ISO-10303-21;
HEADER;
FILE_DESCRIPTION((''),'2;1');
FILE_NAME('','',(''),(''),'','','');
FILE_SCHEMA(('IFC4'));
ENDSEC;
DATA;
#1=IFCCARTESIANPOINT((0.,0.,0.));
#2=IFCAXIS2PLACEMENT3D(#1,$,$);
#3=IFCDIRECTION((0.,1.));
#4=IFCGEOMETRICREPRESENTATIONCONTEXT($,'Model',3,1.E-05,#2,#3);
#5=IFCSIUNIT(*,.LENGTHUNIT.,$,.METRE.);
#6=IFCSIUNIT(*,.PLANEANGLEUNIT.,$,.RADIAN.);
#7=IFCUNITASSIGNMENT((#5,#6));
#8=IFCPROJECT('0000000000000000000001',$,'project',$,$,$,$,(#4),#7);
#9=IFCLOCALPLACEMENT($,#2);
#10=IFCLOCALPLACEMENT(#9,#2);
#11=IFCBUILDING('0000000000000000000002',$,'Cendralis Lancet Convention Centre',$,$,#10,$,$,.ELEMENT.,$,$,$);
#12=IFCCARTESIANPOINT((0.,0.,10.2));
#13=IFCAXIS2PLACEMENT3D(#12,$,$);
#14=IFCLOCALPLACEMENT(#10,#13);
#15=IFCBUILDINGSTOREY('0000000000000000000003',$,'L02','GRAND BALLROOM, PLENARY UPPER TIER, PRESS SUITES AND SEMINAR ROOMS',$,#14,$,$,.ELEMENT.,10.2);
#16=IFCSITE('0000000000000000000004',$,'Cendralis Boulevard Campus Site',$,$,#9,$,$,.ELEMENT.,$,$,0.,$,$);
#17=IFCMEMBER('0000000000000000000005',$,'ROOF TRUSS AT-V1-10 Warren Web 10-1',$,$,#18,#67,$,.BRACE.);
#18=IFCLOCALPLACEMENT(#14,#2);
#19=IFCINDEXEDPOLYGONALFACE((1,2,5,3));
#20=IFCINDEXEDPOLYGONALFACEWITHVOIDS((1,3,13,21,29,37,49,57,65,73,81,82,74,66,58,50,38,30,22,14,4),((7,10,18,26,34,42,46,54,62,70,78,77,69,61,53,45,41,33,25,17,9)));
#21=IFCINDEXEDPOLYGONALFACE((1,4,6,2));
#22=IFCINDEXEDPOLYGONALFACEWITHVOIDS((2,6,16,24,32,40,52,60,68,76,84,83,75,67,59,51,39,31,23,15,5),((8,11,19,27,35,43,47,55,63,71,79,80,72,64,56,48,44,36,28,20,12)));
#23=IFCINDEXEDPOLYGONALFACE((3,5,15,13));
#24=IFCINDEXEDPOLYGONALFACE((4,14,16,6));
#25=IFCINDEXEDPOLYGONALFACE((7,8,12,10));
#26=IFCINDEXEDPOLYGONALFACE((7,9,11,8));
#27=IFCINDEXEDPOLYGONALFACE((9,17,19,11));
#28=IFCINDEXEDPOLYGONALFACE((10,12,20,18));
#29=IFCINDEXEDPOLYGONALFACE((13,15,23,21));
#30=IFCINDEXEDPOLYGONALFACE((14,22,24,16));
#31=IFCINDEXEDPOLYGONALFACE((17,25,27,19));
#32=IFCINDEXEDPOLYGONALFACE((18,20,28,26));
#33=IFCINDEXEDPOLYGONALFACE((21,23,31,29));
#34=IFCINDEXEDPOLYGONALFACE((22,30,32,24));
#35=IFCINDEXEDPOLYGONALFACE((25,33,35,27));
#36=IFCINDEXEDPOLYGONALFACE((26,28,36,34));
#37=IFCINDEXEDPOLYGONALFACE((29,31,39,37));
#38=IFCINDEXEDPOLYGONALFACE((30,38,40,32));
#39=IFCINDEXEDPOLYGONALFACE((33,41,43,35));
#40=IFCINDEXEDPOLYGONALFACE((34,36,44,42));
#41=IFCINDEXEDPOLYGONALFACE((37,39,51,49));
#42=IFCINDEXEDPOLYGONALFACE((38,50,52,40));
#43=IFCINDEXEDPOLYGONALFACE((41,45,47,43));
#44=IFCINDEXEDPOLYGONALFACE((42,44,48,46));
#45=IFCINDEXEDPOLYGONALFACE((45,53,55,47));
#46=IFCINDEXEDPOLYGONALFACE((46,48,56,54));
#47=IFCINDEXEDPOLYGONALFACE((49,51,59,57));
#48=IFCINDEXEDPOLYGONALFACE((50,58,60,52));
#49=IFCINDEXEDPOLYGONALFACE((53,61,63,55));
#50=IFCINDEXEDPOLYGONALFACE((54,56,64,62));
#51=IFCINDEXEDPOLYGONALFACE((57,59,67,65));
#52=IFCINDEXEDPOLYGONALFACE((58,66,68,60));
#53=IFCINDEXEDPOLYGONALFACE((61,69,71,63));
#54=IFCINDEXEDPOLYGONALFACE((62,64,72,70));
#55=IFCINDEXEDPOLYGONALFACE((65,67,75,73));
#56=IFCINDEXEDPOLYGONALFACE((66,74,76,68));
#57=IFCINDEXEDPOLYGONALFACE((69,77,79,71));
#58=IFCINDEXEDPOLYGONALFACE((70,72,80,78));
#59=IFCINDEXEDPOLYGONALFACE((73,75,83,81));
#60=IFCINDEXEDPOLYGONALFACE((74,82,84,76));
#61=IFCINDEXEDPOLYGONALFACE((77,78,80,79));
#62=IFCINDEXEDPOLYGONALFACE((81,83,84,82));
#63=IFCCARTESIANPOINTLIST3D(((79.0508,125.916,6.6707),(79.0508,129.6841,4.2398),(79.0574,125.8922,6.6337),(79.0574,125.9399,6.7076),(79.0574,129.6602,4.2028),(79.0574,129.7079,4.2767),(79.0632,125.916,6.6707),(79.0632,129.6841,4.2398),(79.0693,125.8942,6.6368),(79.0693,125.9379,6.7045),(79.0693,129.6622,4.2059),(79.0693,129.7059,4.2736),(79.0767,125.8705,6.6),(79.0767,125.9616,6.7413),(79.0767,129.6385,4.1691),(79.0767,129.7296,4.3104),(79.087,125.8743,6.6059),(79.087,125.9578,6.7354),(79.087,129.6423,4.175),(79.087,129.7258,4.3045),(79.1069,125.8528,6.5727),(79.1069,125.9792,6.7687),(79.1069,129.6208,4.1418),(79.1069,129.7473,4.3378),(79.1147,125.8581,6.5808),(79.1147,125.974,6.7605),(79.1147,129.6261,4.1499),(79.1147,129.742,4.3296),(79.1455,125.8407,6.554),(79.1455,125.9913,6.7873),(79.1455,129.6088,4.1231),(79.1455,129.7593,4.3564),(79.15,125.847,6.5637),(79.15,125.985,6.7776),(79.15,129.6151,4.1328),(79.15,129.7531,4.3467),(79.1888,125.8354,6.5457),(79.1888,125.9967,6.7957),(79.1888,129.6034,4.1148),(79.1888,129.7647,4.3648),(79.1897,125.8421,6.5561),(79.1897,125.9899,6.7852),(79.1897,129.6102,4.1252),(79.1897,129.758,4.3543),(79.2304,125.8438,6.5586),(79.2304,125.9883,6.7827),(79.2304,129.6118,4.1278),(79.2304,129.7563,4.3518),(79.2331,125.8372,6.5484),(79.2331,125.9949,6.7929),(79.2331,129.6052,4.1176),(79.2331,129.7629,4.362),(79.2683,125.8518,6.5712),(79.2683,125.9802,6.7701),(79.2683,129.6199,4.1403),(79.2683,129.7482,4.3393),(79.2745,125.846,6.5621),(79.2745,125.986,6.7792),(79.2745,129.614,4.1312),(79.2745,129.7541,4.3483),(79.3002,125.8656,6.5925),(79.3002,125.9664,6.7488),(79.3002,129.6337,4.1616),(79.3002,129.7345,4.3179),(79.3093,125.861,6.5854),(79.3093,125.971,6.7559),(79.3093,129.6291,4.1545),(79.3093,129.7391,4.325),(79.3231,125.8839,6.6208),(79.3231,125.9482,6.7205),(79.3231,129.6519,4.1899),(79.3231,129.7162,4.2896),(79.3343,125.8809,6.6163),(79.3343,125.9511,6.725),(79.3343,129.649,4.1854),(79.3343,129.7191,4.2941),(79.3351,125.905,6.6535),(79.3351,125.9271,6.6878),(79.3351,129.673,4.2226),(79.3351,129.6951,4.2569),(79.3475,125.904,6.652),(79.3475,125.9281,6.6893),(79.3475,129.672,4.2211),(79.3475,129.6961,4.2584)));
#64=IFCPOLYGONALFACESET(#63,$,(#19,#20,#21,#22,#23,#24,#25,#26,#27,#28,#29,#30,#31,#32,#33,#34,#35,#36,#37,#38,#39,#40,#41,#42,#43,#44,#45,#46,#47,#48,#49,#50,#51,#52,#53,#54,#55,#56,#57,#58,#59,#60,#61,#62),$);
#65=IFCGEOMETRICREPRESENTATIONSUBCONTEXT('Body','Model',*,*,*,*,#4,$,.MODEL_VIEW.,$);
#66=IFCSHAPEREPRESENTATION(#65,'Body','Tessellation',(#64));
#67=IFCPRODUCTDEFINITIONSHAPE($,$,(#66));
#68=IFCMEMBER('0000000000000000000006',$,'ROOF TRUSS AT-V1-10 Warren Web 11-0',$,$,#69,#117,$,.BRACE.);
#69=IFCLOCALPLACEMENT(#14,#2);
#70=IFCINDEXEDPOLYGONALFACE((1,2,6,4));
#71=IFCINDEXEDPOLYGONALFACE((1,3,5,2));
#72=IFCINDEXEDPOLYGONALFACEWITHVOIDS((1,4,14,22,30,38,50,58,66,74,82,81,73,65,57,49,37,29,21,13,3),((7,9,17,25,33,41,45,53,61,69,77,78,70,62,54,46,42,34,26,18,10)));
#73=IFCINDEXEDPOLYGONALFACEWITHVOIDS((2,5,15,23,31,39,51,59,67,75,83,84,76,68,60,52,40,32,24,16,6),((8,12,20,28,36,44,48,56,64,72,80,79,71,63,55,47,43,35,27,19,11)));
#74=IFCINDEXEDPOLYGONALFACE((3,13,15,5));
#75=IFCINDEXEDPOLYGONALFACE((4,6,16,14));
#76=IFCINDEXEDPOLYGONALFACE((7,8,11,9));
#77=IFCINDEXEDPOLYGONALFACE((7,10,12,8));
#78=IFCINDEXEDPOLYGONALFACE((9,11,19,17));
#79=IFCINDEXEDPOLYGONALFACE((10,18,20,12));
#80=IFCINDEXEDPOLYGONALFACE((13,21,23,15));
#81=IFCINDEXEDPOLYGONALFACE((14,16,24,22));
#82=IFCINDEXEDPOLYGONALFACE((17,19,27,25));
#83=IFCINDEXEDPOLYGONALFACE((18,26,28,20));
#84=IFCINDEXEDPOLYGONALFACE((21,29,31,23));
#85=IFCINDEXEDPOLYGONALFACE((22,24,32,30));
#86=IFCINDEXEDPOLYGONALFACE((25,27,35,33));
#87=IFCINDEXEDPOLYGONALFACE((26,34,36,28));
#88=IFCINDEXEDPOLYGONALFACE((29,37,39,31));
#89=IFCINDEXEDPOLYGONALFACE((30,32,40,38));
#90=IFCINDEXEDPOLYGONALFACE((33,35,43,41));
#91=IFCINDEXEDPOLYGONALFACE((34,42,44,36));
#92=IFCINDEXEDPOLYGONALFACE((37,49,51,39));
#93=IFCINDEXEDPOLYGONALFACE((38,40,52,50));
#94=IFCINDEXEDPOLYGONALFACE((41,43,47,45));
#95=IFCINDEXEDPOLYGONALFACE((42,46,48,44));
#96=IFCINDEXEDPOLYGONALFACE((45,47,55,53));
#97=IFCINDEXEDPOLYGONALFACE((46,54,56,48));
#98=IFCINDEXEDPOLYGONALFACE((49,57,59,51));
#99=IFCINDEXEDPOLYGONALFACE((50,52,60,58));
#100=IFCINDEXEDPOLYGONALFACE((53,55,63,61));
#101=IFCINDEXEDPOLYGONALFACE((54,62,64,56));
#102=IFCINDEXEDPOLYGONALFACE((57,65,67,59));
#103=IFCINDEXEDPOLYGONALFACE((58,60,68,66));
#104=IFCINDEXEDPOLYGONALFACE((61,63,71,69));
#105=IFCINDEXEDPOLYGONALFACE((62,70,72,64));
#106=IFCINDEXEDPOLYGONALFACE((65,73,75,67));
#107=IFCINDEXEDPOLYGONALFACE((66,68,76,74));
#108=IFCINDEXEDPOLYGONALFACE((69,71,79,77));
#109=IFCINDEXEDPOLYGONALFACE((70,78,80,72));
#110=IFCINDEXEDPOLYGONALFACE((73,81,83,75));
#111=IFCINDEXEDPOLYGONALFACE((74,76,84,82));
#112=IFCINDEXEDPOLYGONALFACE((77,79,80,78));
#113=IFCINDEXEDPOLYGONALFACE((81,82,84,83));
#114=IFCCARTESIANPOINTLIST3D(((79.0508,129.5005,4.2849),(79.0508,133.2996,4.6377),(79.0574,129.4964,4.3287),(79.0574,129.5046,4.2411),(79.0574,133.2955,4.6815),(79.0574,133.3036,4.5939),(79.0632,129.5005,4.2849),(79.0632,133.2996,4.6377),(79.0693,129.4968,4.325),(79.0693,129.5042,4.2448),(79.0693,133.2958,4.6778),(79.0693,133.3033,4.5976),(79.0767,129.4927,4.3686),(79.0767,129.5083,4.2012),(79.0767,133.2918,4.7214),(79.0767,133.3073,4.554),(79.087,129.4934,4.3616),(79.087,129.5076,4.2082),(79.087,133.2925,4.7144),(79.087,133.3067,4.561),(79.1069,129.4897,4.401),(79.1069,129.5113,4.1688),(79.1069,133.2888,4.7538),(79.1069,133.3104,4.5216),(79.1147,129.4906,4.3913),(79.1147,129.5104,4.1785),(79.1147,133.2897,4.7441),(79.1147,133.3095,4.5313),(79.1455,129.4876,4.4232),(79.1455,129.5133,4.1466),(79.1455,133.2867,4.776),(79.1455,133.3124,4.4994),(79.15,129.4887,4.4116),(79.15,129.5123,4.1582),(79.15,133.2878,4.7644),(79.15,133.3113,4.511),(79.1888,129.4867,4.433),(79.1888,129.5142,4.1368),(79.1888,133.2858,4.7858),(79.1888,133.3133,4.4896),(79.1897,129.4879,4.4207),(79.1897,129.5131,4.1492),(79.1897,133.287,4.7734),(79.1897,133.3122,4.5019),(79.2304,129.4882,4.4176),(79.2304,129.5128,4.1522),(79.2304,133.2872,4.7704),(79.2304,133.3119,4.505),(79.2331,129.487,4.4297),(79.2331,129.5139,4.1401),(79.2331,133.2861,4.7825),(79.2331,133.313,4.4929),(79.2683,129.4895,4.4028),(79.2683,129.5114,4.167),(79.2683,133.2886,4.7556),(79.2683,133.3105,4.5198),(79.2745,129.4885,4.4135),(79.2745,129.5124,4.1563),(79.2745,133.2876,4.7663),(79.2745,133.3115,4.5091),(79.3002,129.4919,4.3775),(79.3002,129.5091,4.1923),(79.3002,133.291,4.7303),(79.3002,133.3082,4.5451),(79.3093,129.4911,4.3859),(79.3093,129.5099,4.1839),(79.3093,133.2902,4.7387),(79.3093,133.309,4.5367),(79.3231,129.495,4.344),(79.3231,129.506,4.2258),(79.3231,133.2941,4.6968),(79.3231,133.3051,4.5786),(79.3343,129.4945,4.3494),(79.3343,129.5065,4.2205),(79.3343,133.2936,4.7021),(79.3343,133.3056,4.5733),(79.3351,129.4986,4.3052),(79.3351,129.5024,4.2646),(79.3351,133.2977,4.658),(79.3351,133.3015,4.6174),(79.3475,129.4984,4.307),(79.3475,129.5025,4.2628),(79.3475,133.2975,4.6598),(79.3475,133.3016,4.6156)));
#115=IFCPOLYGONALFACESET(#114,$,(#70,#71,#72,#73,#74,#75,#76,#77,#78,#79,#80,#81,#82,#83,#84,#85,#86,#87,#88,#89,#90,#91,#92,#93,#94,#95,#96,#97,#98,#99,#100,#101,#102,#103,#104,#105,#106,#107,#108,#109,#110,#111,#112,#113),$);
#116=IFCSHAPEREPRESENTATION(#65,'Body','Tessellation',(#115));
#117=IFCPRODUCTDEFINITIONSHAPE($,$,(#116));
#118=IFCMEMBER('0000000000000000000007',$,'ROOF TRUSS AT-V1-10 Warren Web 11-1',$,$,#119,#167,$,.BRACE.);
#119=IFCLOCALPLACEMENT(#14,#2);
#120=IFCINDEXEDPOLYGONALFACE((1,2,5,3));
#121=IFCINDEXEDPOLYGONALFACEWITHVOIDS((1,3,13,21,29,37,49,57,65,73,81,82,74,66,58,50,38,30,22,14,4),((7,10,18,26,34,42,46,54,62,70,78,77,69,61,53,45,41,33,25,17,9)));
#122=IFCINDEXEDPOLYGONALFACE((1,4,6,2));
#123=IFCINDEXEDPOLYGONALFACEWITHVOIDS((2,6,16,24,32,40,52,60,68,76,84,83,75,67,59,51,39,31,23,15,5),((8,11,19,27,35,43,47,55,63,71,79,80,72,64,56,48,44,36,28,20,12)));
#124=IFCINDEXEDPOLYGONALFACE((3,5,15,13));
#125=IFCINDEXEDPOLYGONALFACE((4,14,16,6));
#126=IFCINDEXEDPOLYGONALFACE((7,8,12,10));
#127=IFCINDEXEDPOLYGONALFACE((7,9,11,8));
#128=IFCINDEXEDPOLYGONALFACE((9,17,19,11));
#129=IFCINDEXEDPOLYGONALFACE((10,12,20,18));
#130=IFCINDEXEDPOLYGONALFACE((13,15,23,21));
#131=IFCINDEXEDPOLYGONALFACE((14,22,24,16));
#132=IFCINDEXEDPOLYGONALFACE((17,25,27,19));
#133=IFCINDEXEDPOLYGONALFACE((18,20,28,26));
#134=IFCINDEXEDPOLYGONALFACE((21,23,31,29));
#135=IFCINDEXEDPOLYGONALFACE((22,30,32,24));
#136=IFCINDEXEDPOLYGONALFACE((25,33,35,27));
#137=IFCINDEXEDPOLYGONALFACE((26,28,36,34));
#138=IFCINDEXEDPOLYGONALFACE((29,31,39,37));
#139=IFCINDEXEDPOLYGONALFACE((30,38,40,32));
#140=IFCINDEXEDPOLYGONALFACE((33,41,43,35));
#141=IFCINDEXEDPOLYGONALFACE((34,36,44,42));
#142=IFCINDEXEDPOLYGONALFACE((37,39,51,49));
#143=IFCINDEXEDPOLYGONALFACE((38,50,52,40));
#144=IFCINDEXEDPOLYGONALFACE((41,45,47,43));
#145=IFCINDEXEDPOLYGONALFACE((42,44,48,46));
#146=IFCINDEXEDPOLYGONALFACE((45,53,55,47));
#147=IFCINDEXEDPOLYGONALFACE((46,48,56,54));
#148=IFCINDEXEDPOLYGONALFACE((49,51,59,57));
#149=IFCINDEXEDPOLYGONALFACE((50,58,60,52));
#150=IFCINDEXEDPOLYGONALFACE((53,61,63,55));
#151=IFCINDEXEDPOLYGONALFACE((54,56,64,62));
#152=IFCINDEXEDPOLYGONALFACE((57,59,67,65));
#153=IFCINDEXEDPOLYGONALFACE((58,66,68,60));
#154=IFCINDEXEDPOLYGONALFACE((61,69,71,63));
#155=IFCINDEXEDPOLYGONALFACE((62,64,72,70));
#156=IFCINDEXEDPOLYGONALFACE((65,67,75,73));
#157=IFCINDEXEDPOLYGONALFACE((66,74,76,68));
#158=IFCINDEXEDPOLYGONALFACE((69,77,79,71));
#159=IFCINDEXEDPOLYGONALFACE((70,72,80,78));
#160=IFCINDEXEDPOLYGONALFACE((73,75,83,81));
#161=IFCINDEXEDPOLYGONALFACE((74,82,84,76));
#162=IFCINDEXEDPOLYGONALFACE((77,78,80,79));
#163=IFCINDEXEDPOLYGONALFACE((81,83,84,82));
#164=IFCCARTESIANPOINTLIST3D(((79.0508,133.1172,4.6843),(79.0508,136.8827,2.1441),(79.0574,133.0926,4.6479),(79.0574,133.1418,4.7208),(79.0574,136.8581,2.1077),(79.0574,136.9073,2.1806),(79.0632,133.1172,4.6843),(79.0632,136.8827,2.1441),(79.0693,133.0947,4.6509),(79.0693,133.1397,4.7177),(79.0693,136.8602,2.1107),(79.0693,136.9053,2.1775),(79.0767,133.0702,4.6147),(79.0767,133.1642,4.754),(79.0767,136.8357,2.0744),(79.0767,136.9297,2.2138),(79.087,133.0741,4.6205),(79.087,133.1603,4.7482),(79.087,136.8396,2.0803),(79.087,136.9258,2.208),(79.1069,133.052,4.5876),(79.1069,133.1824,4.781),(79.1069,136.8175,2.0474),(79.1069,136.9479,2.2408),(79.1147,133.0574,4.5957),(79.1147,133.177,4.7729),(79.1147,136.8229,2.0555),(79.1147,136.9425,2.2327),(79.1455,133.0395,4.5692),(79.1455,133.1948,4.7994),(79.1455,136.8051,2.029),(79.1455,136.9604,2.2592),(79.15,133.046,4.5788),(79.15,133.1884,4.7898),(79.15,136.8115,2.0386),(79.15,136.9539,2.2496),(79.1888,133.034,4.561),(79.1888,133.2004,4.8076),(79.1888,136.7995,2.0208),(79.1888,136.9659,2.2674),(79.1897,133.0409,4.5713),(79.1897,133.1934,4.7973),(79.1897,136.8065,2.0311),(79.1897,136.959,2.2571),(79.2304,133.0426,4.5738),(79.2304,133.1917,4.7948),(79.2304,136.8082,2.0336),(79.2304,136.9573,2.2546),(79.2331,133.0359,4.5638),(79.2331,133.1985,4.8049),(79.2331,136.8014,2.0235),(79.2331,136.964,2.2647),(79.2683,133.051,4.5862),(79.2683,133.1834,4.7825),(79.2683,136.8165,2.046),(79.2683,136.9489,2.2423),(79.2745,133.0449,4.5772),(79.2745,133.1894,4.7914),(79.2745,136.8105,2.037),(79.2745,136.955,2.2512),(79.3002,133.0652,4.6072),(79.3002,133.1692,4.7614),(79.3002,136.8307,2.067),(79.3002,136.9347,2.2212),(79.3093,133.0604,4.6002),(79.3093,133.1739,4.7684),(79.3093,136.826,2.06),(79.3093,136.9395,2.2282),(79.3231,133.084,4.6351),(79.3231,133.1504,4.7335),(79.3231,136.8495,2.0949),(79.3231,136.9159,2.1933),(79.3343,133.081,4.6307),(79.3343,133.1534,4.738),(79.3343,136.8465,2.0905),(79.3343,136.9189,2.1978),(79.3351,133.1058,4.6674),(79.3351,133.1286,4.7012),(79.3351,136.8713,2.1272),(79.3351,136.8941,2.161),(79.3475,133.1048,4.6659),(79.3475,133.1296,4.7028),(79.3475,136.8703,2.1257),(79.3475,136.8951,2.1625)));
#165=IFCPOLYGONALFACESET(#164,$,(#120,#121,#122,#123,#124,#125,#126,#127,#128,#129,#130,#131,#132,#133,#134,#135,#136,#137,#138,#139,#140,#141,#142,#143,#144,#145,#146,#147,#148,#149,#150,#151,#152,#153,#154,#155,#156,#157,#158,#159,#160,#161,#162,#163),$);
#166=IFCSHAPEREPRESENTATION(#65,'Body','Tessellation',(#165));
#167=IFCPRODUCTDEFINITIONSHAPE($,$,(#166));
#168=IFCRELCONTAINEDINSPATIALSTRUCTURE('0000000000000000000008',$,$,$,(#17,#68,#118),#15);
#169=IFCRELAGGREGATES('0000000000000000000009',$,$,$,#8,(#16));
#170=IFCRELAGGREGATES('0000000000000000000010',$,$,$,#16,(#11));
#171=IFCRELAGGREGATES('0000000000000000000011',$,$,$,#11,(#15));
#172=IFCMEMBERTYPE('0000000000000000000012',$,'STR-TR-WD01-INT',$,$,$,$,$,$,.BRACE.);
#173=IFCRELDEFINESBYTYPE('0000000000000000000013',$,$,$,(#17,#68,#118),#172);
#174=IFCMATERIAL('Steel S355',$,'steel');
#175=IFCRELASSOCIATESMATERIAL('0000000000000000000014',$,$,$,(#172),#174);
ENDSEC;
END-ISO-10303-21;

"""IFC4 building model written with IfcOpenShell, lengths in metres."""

from ifc_helpers import new_model, si_unit, direction, frame, origin, origin_2d, place, context, subcontext, project, spatial, hollow_circle, extrude, material, material_profile, profile_set, type_object, element, save


model = new_model("IFC4")

# Units and contexts
model_context = context("Model", 3, precision=1e-05, world=origin(), true_north=direction((0.0, 1.0)))
body_context = subcontext(model_context, "Body", "Model", "MODEL_VIEW")
ifc_project = project(units=[si_unit("LENGTHUNIT", "METRE"), si_unit("PLANEANGLEUNIT", "RADIAN")], contexts=[model_context])

# Site, building, storey
site_placement = place(None, origin())
site = spatial("IfcSite", under=ifc_project, at=site_placement, Name="Cendralis Boulevard Campus Site", CompositionType="ELEMENT", RefElevation=0.0)
building_placement = place(site_placement, origin())
building = spatial("IfcBuilding", under=site, at=building_placement, Name="Cendralis Lancet Convention Centre", CompositionType="ELEMENT")
storey_placement = place(building_placement, frame((0.0, 0.0, 10.2)))
storey = spatial("IfcBuildingStorey", under=building, at=storey_placement, Name="L02", Description="GRAND BALLROOM, PLENARY UPPER TIER, PRESS SUITES AND SEMINAR ROOMS", CompositionType="ELEMENT", Elevation=10.2)

# Members
ifc_material_1 = material(Name="Steel S355", Category="steel")
ifc_material_profile_1 = material_profile(ifc_material_1, hollow_circle(Radius=0.1492, WallThickness=0.0125, at=origin_2d()), Name="CHS 298.5x12.5")
ifc_profile_set_1 = profile_set([ifc_material_profile_1], Name="Steel S355")
member_type_1 = type_object("IfcMemberType", Name="STR-TR-WD01-INT", PredefinedType="BRACE", material=ifc_profile_set_1)
member_1_placement = place(storey_placement, frame((79.2, 125.916, 6.6707), z_axis=(0.0, 0.840307, -0.542111), x_axis=(-1.0, 0.0, 0.0)))
element("IfcMember", 1, at=member_1_placement, inside=storey, type_object=member_type_1, Name="ROOF TRUSS AT-V1-10 Warren Web 10-1", PredefinedType="BRACE", context=body_context, shape_type="SweptSolid", body=[
    extrude(hollow_circle(Radius=0.1492, WallThickness=0.0125, at=origin_2d()), origin(), (0.0, 0.0, 1.0), 4.4841),
])
member_2_placement = place(storey_placement, frame((79.2, 129.5005, 4.2849), z_axis=(0.0, 0.995716, 0.092463), x_axis=(-1.0, 0.0, 0.0)))
element("IfcMember", 2, at=member_2_placement, inside=storey, type_object=member_type_1, Name="ROOF TRUSS AT-V1-10 Warren Web 11-0", PredefinedType="BRACE", context=body_context, shape_type="SweptSolid", body=[
    extrude(hollow_circle(Radius=0.1492, WallThickness=0.0125, at=origin_2d()), origin(), (0.0, 0.0, 1.0), 3.8154),
])
member_3_placement = place(storey_placement, frame((79.2, 133.1172, 4.6843), z_axis=(0.0, 0.829003, -0.559244), x_axis=(-1.0, 0.0, 0.0)))
element("IfcMember", 3, at=member_3_placement, inside=storey, type_object=member_type_1, Name="ROOF TRUSS AT-V1-10 Warren Web 11-1", PredefinedType="BRACE", context=body_context, shape_type="SweptSolid", body=[
    extrude(hollow_circle(Radius=0.1492, WallThickness=0.0125, at=origin_2d()), origin(), (0.0, 0.0, 1.0), 4.5422),
])

save(model, "model.ifc")
